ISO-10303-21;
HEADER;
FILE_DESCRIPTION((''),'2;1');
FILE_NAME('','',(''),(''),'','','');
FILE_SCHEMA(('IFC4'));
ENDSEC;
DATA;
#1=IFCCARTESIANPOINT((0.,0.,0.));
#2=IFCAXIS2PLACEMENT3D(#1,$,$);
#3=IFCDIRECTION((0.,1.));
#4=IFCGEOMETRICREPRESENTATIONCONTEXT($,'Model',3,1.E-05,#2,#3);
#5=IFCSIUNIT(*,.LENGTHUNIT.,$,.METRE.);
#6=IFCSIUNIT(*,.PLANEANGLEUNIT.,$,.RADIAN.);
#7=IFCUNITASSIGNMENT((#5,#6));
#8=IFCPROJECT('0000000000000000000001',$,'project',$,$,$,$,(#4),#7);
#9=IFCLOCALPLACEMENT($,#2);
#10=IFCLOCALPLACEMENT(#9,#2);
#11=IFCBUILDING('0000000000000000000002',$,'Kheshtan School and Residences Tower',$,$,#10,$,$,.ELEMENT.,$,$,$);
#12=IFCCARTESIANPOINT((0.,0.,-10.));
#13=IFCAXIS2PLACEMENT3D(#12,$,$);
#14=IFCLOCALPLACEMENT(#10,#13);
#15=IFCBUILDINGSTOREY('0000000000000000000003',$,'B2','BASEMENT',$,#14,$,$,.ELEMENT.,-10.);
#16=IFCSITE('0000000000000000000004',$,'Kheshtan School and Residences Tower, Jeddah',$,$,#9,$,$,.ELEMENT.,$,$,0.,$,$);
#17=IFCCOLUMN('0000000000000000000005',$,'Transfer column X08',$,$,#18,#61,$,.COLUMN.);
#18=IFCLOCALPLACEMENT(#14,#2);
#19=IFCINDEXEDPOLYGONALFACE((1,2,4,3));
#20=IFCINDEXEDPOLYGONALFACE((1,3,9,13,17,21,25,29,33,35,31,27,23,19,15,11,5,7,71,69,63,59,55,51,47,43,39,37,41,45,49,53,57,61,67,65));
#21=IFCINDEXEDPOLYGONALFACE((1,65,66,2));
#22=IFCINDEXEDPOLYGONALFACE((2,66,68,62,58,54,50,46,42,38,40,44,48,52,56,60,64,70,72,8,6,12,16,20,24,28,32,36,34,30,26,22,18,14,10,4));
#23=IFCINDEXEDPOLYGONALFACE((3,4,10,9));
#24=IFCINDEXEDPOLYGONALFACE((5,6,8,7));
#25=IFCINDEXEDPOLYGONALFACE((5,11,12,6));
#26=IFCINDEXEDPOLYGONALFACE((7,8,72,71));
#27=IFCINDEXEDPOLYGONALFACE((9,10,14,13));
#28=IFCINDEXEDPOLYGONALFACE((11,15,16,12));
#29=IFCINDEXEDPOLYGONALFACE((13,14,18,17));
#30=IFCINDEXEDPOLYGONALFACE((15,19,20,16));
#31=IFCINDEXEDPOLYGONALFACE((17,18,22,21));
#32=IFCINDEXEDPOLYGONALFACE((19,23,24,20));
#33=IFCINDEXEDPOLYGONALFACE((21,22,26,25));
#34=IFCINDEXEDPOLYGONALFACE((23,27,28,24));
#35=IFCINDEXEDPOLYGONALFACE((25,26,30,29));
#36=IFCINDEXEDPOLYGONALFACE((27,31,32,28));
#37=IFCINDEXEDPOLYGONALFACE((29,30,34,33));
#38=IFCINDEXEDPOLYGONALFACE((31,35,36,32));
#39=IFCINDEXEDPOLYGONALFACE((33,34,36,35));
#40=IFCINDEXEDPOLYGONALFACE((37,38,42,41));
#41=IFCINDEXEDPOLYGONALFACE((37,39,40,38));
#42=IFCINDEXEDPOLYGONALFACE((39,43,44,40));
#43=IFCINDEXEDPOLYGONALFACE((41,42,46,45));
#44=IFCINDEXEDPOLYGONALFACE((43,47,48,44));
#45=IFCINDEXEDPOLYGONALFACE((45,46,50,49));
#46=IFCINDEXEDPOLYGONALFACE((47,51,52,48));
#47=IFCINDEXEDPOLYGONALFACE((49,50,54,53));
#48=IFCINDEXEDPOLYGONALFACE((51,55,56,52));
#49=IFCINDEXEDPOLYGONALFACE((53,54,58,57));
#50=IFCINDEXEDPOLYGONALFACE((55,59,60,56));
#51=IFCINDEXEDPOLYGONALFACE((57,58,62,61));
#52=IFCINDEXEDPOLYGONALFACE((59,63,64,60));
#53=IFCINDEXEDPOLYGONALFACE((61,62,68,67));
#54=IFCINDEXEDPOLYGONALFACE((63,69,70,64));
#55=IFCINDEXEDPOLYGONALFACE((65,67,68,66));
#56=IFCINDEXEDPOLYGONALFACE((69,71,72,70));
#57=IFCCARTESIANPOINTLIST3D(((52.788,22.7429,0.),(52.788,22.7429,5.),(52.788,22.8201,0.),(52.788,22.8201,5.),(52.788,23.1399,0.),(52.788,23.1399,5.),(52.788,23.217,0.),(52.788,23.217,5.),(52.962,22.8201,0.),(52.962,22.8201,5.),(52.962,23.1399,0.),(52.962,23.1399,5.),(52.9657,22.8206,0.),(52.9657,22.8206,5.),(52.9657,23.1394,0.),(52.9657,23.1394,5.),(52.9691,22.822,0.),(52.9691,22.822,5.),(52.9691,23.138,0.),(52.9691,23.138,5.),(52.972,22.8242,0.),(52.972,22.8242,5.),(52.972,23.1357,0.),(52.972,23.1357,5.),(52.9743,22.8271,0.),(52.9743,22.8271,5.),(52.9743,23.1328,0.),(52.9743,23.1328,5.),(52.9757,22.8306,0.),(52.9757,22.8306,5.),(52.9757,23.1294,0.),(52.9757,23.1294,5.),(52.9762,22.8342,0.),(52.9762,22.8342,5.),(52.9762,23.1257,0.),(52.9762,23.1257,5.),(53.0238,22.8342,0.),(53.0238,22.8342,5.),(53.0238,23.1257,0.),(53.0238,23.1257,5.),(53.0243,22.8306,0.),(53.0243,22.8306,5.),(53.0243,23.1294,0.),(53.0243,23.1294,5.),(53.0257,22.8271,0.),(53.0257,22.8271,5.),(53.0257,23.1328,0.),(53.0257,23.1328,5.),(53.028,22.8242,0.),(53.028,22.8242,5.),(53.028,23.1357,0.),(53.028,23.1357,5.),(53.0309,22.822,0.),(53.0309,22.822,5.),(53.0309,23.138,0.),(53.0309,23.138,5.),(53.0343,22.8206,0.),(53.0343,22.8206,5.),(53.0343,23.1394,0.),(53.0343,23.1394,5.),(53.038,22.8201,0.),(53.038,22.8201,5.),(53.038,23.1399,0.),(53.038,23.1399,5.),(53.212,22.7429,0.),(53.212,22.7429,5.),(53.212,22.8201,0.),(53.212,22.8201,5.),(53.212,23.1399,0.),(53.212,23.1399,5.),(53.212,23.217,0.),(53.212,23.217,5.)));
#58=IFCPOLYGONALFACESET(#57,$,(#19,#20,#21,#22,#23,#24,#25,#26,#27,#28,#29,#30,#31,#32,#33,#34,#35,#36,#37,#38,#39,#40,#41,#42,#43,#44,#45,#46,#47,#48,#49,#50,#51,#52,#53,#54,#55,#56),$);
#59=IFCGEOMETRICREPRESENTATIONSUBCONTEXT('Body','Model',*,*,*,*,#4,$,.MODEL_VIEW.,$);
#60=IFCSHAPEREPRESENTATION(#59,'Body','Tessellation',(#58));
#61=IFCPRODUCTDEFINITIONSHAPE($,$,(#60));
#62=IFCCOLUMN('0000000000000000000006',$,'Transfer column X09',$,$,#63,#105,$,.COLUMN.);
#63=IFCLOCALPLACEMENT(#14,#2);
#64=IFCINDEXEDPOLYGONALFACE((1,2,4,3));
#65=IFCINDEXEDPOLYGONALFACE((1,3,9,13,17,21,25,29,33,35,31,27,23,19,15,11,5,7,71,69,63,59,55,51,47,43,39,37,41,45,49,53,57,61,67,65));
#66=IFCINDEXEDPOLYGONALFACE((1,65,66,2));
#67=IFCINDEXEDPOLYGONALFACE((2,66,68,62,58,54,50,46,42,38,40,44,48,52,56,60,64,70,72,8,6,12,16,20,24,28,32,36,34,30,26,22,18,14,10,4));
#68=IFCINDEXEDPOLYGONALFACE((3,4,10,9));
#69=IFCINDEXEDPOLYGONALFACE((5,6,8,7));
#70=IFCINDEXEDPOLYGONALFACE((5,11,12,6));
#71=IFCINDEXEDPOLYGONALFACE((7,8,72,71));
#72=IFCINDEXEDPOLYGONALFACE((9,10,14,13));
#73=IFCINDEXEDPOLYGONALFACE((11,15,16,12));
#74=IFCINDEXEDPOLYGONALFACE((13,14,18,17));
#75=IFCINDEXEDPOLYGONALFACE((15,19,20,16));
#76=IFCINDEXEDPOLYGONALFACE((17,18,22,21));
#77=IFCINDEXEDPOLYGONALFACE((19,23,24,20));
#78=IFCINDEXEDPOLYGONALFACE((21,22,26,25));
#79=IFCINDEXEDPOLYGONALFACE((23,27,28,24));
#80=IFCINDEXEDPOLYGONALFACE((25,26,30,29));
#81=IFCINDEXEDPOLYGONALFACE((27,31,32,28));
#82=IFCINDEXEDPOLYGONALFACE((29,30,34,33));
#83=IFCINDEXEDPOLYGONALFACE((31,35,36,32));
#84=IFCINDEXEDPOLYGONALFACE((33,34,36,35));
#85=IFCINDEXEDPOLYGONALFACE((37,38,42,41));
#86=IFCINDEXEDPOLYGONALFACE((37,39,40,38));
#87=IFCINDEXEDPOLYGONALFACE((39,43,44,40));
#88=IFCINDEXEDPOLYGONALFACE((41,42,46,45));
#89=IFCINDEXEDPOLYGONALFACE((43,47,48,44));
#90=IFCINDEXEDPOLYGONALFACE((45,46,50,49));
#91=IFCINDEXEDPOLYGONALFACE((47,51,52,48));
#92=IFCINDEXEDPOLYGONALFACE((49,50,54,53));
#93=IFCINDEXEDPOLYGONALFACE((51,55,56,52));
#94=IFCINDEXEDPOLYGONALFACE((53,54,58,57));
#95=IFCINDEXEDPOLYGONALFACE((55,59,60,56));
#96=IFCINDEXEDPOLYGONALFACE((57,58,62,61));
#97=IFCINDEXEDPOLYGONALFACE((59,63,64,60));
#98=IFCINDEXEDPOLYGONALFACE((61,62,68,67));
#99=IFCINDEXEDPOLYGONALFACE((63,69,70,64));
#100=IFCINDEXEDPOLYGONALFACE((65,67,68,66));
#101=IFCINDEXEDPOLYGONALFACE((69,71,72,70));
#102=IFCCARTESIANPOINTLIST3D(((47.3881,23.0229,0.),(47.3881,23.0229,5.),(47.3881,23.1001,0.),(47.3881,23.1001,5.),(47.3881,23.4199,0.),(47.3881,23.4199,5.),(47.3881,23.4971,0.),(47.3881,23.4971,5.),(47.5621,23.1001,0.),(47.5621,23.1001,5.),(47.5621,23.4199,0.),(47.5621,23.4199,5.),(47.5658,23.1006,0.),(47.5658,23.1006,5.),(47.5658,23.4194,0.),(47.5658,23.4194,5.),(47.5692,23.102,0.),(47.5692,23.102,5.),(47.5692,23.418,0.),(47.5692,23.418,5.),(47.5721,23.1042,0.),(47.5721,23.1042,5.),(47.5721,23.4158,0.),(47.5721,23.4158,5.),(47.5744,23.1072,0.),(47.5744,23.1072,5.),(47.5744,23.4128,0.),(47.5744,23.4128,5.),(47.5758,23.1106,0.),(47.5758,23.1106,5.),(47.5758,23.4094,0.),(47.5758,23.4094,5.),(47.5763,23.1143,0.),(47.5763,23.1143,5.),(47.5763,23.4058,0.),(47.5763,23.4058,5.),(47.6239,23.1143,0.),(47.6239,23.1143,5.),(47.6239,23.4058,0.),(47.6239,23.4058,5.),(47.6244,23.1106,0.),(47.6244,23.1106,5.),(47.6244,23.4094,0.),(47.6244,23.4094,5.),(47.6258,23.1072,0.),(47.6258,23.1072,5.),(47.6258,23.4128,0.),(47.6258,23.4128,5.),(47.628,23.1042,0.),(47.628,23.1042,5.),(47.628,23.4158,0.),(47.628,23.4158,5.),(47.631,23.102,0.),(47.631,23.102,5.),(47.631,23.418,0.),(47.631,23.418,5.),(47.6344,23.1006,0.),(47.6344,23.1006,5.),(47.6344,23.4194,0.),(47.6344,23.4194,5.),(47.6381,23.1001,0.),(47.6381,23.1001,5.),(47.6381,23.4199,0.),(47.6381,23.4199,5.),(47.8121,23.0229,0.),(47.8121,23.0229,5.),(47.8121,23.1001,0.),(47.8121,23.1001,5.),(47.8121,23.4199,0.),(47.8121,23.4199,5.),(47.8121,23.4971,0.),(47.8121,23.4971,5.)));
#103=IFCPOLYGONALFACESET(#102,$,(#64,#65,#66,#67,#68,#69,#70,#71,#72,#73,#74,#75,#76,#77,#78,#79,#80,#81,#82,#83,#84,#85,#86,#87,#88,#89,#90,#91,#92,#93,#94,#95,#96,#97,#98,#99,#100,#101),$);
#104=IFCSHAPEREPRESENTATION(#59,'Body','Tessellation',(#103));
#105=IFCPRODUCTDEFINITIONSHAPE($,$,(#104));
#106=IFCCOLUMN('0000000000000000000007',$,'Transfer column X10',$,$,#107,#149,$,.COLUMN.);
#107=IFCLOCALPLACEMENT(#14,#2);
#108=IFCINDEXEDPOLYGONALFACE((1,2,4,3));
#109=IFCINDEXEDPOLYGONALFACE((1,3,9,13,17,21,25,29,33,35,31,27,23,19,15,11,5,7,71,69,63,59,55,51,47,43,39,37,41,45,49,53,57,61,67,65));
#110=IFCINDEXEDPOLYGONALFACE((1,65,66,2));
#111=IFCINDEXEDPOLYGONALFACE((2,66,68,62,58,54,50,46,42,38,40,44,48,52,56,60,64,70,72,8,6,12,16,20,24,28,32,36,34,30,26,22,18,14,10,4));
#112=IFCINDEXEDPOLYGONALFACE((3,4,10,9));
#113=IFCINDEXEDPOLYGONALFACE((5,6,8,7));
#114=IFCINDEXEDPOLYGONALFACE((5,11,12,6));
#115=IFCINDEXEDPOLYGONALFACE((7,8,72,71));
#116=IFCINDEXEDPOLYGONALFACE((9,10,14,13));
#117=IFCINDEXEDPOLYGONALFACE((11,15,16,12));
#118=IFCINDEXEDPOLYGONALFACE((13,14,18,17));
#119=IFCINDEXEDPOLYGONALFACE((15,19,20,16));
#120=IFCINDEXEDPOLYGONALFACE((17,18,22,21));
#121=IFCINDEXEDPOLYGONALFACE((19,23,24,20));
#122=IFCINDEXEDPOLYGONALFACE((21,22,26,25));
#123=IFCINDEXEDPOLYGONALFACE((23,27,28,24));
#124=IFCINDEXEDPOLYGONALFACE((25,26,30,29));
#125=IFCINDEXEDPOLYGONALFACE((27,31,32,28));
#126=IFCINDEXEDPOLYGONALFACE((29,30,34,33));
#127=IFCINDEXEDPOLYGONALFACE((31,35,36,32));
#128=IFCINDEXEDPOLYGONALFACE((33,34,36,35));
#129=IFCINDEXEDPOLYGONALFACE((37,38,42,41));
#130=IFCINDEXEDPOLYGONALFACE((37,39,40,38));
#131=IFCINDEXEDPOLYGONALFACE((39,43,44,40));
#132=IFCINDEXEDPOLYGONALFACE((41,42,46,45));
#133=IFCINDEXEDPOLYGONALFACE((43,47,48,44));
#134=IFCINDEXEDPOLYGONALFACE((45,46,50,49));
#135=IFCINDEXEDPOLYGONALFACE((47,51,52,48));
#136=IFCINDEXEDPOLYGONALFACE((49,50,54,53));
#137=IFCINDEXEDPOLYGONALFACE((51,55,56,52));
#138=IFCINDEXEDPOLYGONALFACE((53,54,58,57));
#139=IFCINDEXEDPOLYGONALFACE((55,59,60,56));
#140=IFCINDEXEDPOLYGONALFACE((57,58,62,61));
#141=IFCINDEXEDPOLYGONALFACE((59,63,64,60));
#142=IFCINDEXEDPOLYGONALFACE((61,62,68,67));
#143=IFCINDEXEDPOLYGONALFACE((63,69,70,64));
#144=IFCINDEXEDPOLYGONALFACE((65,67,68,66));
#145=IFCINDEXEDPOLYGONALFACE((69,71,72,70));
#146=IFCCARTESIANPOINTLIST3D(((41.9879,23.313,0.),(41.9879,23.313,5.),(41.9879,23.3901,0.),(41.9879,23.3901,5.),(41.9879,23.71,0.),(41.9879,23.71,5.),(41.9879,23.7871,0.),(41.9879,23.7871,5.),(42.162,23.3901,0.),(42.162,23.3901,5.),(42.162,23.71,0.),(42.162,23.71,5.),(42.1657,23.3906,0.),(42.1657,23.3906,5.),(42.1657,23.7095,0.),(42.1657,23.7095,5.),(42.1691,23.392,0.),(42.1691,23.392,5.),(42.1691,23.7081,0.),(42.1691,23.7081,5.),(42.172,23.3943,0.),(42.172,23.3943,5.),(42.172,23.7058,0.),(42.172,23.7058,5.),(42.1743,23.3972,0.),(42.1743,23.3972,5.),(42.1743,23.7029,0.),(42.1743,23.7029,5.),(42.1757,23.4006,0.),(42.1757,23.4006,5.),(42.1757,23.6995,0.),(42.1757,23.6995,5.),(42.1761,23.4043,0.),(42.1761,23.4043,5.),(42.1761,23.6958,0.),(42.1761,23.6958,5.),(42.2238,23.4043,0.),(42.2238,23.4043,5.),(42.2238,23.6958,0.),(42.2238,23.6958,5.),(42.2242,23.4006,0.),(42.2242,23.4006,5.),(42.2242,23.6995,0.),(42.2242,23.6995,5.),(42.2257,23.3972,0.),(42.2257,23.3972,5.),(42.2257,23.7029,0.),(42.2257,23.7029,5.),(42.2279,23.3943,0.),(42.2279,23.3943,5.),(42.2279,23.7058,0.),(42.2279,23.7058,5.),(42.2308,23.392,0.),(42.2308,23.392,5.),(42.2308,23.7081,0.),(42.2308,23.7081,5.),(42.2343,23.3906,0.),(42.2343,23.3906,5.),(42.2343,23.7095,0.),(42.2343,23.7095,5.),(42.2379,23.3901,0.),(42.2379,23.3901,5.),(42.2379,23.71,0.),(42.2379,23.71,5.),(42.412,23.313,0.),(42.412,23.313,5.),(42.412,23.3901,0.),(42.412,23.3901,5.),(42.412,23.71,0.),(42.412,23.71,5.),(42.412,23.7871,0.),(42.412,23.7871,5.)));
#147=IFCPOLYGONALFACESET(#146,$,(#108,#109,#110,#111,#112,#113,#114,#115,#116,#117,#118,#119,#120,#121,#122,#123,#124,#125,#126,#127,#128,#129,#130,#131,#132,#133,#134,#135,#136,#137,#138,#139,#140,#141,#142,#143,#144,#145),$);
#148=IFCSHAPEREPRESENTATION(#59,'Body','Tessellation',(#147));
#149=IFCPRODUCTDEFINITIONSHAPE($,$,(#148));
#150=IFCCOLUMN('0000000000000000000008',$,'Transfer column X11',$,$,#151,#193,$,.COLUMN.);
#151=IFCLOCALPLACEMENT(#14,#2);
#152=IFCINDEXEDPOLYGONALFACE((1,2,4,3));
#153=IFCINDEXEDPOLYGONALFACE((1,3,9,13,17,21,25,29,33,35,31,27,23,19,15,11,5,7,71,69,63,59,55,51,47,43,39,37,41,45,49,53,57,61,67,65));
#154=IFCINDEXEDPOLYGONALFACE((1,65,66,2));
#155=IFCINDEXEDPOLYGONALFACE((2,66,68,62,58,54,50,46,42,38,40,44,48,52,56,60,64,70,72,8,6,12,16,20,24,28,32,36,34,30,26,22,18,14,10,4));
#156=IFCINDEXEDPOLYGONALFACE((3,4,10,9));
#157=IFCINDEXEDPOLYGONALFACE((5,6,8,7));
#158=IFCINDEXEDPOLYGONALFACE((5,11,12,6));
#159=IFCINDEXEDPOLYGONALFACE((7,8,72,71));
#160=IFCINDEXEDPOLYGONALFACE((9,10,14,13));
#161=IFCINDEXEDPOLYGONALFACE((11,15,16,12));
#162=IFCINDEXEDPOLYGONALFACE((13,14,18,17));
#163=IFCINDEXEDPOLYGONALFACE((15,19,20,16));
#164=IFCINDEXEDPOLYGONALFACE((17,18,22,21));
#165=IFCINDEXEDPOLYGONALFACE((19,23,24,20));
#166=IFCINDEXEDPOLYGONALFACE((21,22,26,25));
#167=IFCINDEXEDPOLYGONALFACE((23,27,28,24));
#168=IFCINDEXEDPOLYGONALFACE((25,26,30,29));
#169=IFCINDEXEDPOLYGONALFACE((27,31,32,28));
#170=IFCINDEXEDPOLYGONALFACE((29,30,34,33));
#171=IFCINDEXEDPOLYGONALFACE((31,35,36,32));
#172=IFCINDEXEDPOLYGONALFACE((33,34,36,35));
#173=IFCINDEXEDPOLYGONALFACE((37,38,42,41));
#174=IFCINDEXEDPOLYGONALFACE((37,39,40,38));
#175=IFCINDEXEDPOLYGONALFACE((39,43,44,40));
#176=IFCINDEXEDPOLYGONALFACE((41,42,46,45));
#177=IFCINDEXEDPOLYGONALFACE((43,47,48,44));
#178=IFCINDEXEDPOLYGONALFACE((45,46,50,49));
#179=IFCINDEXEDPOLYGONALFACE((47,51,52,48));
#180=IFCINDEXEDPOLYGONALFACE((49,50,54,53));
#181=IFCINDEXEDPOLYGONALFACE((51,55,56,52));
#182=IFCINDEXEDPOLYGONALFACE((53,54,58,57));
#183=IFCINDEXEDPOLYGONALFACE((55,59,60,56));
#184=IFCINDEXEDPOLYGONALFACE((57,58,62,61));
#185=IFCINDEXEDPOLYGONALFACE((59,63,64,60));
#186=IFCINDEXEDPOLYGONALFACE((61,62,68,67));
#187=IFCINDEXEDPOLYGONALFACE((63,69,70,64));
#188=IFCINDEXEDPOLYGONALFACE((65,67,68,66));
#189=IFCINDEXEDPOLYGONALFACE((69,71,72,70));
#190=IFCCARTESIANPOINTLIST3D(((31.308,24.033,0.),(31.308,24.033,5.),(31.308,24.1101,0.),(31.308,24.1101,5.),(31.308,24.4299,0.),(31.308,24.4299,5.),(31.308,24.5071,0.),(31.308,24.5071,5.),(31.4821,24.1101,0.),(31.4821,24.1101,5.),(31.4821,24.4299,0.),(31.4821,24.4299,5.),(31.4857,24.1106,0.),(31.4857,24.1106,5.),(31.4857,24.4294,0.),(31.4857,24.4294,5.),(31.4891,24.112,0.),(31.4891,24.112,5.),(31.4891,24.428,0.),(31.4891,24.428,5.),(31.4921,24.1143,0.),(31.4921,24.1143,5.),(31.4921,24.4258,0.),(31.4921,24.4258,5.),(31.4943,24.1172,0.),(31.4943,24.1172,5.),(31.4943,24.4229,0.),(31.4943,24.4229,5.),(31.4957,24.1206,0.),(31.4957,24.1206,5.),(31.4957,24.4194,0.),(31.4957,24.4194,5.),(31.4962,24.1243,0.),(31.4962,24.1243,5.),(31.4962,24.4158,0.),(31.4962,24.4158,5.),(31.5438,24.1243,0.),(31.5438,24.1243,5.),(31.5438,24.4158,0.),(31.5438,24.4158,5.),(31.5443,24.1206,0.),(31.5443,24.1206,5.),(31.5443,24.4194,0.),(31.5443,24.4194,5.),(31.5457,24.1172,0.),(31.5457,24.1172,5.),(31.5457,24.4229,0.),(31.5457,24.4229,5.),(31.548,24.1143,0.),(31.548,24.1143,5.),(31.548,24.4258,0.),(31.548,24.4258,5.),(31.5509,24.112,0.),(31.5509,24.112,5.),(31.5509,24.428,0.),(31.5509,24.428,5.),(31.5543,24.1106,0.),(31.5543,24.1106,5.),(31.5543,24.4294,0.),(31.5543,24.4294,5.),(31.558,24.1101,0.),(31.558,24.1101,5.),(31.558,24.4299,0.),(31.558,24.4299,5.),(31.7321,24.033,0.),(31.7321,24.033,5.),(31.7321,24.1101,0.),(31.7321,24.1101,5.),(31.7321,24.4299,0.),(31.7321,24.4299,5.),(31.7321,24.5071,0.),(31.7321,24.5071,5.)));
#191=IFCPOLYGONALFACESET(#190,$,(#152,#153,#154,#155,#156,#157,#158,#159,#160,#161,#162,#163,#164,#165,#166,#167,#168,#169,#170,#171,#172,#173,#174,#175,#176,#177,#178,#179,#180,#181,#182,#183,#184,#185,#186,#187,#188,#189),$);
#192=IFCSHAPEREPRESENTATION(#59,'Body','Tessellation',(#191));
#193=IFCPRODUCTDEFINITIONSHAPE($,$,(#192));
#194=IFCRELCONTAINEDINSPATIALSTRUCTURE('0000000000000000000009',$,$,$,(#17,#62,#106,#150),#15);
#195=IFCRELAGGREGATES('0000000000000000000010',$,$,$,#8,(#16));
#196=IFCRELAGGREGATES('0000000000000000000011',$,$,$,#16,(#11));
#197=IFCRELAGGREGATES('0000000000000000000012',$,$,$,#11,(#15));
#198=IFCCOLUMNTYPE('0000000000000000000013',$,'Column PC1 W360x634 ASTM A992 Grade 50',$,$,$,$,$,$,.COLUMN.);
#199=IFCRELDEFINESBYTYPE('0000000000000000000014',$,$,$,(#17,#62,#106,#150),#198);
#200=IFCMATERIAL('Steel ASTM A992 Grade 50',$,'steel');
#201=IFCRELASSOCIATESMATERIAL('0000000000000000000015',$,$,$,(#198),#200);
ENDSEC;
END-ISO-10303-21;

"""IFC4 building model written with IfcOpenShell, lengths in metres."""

from ifc_helpers import new_model, si_unit, direction, frame, origin, origin_2d, place, context, subcontext, project, spatial, i_section, extrude, material, material_profile, profile_set, type_object, element, save


model = new_model("IFC4")

# Units and contexts
model_context = context("Model", 3, precision=1e-05, world=origin(), true_north=direction((0.0, 1.0)))
body_context = subcontext(model_context, "Body", "Model", "MODEL_VIEW")
ifc_project = project(units=[si_unit("LENGTHUNIT", "METRE"), si_unit("PLANEANGLEUNIT", "RADIAN")], contexts=[model_context])

# Site, building, storey
site_placement = place(None, origin())
site = spatial("IfcSite", under=ifc_project, at=site_placement, Name="Kheshtan School and Residences Tower, Jeddah", CompositionType="ELEMENT", RefElevation=0.0)
building_placement = place(site_placement, origin())
building = spatial("IfcBuilding", under=site, at=building_placement, Name="Kheshtan School and Residences Tower", CompositionType="ELEMENT")
storey_placement = place(building_placement, frame((0.0, 0.0, -10.0)))
storey = spatial("IfcBuildingStorey", under=building, at=storey_placement, Name="B2", Description="BASEMENT", CompositionType="ELEMENT", Elevation=-10.0)

# Columns
ifc_material_1 = material(Name="Steel ASTM A992 Grade 50", Category="steel")
ifc_material_profile_1 = material_profile(ifc_material_1, i_section(OverallWidth=0.4241, OverallDepth=0.4741, WebThickness=0.0476, FlangeThickness=0.0771, FilletRadius=0.0142, at=origin_2d()), Name="W360x634")
ifc_profile_set_1 = profile_set([ifc_material_profile_1], Name="Steel ASTM A992 Grade 50")
column_type = type_object("IfcColumnType", Name="Column PC1 W360x634 ASTM A992 Grade 50", PredefinedType="COLUMN", material=ifc_profile_set_1)
for number, where, z_axis, x_axis, name in (
    (1, (53.0, 22.98, 0.0), (0.0, 0.0, 1.0), (1.0, 0.0, 0.0), "Transfer column X08"),
    (2, (47.6001, 23.26, 0.0), (0.0, 0.0, 1.0), (1.0, 0.0, 0.0), "Transfer column X09"),
    (3, (42.2, 23.55, 0.0), (0.0, 0.0, 1.0), (1.0, 0.0, 0.0), "Transfer column X10"),
    (4, (31.52, 24.27, 0.0), (0.0, 0.0, 1.0), (1.0, 0.0, 0.0), "Transfer column X11"),
):
    element("IfcColumn", number, at=place(storey_placement, frame(where, z_axis=z_axis, x_axis=x_axis)), inside=storey, type_object=column_type, Name=name, PredefinedType="COLUMN", context=body_context, shape_type="SweptSolid", body=[
        extrude(i_section(OverallWidth=0.4241, OverallDepth=0.4741, WebThickness=0.0476, FlangeThickness=0.0771, FilletRadius=0.0142, at=origin_2d()), origin(), (0.0, 0.0, 1.0), 5.0),
    ])

save(model, "model.ifc")
